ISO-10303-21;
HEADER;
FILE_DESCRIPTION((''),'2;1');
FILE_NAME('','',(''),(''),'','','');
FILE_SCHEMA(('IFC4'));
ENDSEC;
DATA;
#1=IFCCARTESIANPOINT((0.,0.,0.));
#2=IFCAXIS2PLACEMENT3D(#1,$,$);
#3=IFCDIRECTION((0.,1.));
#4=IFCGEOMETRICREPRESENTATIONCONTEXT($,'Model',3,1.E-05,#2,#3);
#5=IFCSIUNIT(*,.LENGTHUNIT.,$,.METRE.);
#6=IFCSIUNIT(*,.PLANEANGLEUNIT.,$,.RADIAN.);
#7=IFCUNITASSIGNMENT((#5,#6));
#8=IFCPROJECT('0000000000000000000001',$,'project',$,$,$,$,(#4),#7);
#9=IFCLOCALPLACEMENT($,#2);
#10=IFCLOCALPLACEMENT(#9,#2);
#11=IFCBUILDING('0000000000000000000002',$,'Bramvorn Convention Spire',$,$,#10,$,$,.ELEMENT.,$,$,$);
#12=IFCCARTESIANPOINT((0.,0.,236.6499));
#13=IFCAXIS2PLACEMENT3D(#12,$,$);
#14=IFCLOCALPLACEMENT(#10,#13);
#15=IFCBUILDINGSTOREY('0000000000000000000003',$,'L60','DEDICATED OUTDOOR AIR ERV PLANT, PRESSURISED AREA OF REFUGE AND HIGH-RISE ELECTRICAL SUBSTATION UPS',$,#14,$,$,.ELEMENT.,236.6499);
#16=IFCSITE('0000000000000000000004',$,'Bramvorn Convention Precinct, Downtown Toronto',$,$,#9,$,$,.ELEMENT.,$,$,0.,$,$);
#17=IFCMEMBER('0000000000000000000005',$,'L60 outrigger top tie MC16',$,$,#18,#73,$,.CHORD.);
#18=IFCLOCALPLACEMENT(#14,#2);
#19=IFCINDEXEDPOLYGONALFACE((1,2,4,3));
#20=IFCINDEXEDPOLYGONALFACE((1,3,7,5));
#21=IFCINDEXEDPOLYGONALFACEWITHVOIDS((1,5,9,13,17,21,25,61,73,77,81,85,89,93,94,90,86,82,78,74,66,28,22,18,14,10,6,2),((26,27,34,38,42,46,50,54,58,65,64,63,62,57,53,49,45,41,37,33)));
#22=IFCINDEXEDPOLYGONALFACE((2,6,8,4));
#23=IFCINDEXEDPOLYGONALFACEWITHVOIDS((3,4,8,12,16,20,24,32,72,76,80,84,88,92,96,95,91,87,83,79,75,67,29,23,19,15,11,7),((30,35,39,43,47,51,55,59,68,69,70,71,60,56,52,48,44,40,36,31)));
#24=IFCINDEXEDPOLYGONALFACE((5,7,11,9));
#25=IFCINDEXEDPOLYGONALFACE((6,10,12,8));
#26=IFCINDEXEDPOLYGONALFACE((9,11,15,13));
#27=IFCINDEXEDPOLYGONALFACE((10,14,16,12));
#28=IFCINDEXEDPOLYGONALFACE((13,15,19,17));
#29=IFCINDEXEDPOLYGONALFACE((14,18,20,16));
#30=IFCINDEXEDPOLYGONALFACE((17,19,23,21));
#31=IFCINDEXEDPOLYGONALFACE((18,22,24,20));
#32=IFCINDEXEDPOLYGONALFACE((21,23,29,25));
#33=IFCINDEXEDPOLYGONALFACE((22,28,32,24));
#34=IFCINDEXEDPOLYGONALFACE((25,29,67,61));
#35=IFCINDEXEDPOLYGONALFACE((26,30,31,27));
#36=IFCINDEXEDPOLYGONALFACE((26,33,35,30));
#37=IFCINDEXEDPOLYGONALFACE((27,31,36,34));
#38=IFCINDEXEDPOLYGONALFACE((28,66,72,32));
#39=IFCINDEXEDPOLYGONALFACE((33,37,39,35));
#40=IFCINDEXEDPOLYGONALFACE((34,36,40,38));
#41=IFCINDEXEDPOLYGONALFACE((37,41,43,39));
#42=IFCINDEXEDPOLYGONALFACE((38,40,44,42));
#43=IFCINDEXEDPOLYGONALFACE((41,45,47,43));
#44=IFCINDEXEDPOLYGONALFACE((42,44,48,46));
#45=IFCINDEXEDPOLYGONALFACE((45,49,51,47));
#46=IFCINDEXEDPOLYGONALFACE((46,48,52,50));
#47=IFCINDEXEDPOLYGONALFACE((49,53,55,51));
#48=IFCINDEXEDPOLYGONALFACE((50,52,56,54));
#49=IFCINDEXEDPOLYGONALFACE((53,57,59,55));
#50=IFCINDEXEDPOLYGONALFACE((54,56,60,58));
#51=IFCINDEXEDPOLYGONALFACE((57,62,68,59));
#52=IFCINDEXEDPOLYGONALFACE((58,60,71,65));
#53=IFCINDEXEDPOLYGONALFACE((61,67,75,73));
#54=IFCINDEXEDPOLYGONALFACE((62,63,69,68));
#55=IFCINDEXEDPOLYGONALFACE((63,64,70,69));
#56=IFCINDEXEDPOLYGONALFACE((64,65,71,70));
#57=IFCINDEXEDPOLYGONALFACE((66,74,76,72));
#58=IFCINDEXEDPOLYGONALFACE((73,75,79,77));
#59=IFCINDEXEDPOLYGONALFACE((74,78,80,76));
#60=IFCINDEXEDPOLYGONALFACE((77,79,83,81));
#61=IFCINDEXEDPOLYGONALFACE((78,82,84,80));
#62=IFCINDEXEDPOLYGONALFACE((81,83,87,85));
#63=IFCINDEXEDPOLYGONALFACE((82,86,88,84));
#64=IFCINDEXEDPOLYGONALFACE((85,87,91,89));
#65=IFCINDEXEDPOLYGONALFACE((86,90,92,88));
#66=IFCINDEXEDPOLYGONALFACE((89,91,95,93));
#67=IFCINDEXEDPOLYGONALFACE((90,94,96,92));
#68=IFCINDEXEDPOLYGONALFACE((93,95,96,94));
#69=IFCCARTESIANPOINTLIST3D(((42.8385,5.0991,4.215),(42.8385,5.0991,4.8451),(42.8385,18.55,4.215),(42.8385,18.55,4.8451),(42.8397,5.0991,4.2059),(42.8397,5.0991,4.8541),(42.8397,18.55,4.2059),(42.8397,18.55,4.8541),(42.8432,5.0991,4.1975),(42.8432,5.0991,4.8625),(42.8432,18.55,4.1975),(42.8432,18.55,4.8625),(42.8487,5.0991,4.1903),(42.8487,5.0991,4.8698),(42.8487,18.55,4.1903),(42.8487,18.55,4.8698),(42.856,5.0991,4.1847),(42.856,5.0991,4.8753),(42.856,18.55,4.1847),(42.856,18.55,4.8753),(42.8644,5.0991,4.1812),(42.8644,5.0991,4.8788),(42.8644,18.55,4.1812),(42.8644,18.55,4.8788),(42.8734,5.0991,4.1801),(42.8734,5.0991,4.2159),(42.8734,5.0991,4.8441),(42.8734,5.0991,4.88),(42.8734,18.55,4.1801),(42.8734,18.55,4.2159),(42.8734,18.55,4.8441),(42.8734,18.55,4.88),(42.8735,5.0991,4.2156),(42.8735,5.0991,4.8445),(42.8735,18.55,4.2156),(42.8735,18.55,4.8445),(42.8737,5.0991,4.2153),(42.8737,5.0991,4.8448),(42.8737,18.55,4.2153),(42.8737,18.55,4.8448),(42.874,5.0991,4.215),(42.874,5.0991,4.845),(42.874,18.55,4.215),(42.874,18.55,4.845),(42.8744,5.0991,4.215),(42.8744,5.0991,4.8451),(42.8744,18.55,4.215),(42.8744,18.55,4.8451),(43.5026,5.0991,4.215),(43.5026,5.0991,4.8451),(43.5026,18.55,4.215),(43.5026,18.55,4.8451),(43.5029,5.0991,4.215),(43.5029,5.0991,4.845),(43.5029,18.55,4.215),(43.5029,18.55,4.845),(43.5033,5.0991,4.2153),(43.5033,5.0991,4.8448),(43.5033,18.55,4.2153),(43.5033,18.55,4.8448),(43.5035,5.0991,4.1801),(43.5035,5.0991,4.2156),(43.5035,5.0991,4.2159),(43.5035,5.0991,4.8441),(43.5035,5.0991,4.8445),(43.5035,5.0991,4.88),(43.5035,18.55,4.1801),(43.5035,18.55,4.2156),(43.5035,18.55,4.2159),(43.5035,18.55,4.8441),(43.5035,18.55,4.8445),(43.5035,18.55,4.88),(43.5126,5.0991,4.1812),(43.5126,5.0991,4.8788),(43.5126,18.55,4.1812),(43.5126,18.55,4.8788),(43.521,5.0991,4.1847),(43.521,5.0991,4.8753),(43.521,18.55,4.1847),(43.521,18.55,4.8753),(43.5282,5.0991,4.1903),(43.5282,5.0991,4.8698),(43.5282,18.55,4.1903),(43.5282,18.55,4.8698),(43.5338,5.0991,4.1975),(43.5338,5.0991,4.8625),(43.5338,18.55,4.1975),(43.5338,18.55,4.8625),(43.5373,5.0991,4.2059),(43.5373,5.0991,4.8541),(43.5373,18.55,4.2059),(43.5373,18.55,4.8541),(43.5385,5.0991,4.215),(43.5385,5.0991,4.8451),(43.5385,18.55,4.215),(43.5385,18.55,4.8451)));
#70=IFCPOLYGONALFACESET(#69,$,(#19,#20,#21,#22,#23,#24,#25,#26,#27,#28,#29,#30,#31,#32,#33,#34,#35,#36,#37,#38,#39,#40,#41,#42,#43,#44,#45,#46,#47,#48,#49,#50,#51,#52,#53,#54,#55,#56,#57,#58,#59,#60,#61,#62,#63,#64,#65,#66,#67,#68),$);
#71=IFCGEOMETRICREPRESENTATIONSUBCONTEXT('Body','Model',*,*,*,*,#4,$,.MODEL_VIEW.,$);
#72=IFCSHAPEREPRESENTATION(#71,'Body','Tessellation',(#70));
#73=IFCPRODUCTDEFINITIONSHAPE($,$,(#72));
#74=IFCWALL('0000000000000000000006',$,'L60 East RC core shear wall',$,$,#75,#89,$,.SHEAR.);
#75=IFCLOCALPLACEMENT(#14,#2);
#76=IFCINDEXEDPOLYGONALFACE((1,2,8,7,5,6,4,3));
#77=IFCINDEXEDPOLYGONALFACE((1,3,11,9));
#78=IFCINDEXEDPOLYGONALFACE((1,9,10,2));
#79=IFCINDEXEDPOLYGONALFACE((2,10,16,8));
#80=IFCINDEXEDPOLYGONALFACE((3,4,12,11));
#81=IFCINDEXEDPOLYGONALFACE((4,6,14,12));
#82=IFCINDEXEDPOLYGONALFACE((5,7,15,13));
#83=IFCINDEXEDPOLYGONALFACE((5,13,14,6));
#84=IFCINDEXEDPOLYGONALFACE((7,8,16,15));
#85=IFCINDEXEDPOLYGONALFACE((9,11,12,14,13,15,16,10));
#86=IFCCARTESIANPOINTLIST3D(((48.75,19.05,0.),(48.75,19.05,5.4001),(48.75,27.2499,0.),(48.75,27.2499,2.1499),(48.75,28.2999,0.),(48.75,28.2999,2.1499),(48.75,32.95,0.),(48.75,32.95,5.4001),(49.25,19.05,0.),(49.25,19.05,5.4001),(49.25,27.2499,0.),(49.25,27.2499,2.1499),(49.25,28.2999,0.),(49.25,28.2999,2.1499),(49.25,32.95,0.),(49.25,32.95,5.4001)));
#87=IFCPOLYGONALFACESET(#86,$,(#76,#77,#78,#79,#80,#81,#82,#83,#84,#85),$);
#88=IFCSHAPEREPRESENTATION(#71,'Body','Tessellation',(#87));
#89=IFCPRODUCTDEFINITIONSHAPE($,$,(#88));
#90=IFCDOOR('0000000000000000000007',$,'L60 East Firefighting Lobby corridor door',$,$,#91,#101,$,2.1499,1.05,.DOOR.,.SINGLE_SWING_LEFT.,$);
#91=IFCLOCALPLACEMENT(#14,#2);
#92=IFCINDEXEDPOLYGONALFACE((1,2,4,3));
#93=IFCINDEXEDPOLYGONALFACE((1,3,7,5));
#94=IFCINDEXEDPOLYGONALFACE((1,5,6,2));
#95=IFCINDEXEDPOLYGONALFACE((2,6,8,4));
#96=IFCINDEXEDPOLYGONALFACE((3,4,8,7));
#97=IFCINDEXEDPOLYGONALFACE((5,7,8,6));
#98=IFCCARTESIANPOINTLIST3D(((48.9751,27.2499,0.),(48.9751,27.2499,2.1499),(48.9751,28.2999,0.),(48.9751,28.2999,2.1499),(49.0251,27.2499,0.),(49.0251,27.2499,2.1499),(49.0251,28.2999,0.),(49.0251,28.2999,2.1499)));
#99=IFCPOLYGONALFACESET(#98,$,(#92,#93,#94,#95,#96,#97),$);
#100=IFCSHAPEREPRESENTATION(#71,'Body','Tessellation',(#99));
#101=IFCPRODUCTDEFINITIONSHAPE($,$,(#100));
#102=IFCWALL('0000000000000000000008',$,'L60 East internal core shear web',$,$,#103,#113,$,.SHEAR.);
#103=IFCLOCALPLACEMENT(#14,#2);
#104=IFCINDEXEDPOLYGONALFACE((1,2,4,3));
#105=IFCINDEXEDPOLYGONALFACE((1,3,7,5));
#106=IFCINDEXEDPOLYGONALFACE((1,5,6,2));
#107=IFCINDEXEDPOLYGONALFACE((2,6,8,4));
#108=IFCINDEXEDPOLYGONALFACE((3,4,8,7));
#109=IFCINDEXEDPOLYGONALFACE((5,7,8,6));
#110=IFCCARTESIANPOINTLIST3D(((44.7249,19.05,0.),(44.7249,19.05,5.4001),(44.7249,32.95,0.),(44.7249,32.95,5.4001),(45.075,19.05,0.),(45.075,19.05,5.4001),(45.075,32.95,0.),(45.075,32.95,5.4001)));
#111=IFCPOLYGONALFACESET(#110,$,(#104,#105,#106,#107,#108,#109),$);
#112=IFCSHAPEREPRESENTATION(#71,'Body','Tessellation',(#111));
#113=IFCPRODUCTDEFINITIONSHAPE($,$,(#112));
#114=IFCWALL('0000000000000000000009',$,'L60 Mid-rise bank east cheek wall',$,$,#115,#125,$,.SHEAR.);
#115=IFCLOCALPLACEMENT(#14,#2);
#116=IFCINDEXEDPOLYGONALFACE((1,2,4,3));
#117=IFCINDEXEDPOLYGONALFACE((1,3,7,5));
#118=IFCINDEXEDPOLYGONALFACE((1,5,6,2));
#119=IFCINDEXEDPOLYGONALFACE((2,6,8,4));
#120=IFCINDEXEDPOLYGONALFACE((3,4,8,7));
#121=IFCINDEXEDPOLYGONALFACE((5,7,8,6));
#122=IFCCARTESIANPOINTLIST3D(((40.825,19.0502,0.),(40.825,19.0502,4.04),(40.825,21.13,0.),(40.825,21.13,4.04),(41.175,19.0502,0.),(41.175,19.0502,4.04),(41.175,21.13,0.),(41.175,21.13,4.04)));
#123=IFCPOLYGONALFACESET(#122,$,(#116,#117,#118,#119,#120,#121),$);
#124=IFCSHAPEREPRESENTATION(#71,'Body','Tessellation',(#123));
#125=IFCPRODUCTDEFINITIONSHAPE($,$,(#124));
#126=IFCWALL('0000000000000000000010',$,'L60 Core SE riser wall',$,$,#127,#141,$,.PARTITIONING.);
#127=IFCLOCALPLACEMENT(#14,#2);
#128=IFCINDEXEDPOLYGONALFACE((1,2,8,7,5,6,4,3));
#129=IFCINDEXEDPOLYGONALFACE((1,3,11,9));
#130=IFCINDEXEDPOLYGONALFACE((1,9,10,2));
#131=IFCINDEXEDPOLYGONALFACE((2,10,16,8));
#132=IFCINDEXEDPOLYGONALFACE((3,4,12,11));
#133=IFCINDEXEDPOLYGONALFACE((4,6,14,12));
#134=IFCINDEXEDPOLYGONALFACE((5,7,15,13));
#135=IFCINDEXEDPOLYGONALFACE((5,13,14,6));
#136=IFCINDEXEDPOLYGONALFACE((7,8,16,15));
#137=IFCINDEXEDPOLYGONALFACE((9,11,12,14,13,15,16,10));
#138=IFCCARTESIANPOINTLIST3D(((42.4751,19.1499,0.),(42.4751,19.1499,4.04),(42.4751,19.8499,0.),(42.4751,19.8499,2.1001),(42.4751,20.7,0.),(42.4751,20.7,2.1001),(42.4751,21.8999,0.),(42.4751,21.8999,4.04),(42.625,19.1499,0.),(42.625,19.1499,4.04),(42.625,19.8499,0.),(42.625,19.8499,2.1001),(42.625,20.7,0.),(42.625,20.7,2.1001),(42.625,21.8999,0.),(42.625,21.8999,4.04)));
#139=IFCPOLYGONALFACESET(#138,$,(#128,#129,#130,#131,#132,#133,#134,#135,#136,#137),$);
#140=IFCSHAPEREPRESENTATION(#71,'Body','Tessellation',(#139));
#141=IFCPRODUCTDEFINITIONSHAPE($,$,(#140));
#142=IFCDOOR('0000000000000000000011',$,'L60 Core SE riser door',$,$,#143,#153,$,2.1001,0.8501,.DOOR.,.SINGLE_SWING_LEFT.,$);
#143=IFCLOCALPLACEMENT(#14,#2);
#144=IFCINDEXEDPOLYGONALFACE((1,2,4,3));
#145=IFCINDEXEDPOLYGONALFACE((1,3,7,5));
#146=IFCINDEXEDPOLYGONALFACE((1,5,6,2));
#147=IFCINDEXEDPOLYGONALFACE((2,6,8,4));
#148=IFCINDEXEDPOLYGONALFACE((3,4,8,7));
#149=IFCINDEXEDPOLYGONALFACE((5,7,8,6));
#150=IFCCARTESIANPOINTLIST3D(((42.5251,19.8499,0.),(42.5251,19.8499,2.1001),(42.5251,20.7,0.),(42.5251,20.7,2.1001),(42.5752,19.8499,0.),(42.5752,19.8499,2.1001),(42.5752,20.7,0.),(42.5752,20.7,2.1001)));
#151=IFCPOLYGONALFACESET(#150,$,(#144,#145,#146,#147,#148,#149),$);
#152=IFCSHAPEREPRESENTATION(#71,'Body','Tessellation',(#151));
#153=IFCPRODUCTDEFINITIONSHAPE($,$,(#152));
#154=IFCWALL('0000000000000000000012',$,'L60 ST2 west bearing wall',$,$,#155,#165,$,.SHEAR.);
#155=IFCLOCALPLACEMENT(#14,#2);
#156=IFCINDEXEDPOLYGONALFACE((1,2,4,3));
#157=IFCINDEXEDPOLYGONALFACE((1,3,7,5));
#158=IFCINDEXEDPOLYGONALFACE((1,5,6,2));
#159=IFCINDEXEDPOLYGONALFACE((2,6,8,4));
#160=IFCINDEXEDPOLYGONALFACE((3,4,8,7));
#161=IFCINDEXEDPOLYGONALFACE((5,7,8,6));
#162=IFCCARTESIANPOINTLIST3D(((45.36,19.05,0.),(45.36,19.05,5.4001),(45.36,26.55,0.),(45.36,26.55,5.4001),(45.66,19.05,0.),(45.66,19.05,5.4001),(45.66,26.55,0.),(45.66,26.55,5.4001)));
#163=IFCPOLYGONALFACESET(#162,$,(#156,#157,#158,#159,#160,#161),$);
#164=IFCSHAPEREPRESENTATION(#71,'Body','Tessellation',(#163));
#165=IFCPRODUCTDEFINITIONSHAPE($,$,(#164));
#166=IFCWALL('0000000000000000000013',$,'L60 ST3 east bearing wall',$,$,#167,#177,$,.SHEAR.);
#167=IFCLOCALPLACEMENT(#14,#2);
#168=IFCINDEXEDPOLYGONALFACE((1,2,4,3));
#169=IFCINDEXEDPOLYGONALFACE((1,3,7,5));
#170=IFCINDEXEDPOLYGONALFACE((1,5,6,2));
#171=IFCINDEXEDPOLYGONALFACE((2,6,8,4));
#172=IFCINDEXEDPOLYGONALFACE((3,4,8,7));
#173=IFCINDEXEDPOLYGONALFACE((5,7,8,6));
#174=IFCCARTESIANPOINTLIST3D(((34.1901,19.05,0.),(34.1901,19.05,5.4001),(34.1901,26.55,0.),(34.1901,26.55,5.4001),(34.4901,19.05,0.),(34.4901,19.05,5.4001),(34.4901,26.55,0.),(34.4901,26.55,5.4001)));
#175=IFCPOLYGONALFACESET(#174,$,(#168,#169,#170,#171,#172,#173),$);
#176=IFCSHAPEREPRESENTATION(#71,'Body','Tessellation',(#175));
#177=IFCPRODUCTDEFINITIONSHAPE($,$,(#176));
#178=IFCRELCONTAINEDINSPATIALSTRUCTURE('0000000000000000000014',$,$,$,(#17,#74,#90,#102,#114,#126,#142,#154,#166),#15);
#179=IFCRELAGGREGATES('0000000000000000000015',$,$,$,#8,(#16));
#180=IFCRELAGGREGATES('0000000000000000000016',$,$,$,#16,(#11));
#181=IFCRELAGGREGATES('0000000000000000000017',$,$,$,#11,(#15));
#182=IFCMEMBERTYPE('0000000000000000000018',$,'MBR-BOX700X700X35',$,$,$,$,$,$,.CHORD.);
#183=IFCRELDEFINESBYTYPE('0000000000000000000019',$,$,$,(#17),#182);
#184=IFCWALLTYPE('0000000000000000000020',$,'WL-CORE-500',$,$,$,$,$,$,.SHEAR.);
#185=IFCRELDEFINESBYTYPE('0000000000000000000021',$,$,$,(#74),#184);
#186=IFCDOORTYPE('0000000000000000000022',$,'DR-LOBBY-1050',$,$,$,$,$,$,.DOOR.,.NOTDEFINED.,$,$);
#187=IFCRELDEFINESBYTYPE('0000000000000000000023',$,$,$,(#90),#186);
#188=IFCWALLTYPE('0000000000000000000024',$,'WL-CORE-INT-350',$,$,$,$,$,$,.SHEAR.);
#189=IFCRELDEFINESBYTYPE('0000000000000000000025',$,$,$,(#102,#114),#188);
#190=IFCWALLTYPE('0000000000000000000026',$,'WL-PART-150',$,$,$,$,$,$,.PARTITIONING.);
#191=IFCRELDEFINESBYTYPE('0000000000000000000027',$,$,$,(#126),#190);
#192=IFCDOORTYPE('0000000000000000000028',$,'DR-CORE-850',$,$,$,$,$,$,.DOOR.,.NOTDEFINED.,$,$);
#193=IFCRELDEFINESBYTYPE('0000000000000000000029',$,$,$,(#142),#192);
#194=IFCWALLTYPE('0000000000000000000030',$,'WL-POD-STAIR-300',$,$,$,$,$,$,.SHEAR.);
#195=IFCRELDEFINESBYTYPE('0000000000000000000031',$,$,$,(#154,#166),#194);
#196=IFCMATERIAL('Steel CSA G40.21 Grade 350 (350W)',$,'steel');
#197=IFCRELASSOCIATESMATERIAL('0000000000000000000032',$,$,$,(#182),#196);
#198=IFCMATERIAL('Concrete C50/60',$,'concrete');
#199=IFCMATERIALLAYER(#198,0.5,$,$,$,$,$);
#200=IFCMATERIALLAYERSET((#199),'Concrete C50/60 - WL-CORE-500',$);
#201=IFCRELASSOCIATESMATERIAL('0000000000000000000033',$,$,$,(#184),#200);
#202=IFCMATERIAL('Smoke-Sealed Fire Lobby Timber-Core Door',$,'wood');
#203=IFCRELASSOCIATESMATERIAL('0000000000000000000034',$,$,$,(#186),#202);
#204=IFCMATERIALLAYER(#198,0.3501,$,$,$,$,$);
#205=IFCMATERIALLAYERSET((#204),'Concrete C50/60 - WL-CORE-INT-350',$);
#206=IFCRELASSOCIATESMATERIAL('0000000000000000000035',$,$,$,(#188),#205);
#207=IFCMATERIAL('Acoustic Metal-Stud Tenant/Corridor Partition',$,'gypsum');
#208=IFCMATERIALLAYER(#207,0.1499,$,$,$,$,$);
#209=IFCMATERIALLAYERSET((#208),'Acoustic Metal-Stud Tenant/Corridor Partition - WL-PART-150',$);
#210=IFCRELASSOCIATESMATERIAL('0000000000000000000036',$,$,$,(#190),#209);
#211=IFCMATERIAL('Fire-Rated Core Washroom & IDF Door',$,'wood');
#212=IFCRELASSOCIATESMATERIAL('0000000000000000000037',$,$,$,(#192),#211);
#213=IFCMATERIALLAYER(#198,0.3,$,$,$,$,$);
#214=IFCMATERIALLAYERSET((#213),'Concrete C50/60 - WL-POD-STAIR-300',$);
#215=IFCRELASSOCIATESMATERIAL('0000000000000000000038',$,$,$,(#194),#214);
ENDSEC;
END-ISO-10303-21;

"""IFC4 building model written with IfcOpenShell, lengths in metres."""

from ifc_helpers import new_model, si_unit, direction, frame, frame_2d, origin, origin_2d, place, context, subcontext, project, spatial, rectangle, hollow_rectangle, extrude, material, layer, layer_set, material_profile, profile_set, type_object, element, fill, save


model = new_model("IFC4")

# Units and contexts
model_context = context("Model", 3, precision=1e-05, world=origin(), true_north=direction((0.0, 1.0)))
body_context = subcontext(model_context, "Body", "Model", "MODEL_VIEW")
ifc_project = project(units=[si_unit("LENGTHUNIT", "METRE"), si_unit("PLANEANGLEUNIT", "RADIAN")], contexts=[model_context])

# Site, building, storey
site_placement = place(None, origin())
site = spatial("IfcSite", under=ifc_project, at=site_placement, Name="Bramvorn Convention Precinct, Downtown Toronto", CompositionType="ELEMENT", RefElevation=0.0)
building_placement = place(site_placement, origin())
building = spatial("IfcBuilding", under=site, at=building_placement, Name="Bramvorn Convention Spire", CompositionType="ELEMENT")
storey_placement = place(building_placement, frame((0.0, 0.0, 236.6499)))
storey = spatial("IfcBuildingStorey", under=building, at=storey_placement, Name="L60", Description="DEDICATED OUTDOOR AIR ERV PLANT, PRESSURISED AREA OF REFUGE AND HIGH-RISE ELECTRICAL SUBSTATION UPS", CompositionType="ELEMENT", Elevation=236.6499)

# Shared definitions
ifc_material_1 = material(Name="Steel CSA G40.21 Grade 350 (350W)", Category="steel")

# Member
ifc_material_profile_1 = material_profile(ifc_material_1, hollow_rectangle(XDim=0.7, YDim=0.7, WallThickness=0.0349, InnerFilletRadius=0.001, OuterFilletRadius=0.0349, at=origin_2d()))
ifc_profile_set_1 = profile_set([ifc_material_profile_1], Name="Steel CSA G40.21 Grade 350 (350W) - BOX700X700X35")
member_type = type_object("IfcMemberType", Name="MBR-BOX700X700X35", PredefinedType="CHORD", material=ifc_profile_set_1)
member_1_placement = place(storey_placement, frame((43.1885, 18.55, 4.53), z_axis=(0.0, -1.0, 0.0), x_axis=(1.0, 0.0, 0.0)))
element("IfcMember", 1, at=member_1_placement, inside=storey, type_object=member_type, Name="L60 outrigger top tie MC16", PredefinedType="CHORD", context=body_context, shape_type="SweptSolid", body=[
    extrude(hollow_rectangle(XDim=0.7, YDim=0.7, WallThickness=0.0349, InnerFilletRadius=0.001, OuterFilletRadius=0.0349, at=origin_2d()), origin(), (0.0, 0.0, 1.0), 13.4509),
])

# Wall, opening, door
ifc_material_2 = material(Name="Concrete C50/60", Category="concrete")
ifc_layer_1 = layer(ifc_material_2, 0.5)
ifc_layer_set_1 = layer_set([ifc_layer_1], Name="Concrete C50/60 - WL-CORE-500")
wall_type_1 = type_object("IfcWallType", Name="WL-CORE-500", PredefinedType="SHEAR", material=ifc_layer_set_1)
wall_1_placement = place(storey_placement, frame((49.0, 19.05, 0.0), z_axis=(0.0, 0.0, 1.0), x_axis=(0.0, 1.0, 0.0)))
wall_1 = element("IfcWall", 2, at=wall_1_placement, inside=storey, type_object=wall_type_1, Name="L60 East RC core shear wall", PredefinedType="SHEAR", context=body_context, shape_type="SweptSolid", body=[
    extrude(rectangle(XDim=13.8999, YDim=0.5, at=frame_2d((6.95, 0.0))), origin(), (0.0, 0.0, 1.0), 5.4001),
])
opening_1_placement = place(wall_1_placement, frame((8.2, 0.0, 0.0)))
opening_1 = element("IfcOpeningElement", 3, at=opening_1_placement, cuts=wall_1, PredefinedType="OPENING", context=body_context, shape_type="SweptSolid", body=[
    extrude(rectangle(XDim=1.05, YDim=2.1499, at=frame_2d((0.5249, 1.075))), frame((0.0, 0.26, 0.0), z_axis=(0.0, -1.0, 0.0), x_axis=(1.0, 0.0, 0.0)), (0.0, 0.0, 1.0), 0.52),
])
ifc_material_3 = material(Name="Smoke-Sealed Fire Lobby Timber-Core Door", Category="wood")
door_type_1 = type_object("IfcDoorType", Name="DR-LOBBY-1050", OperationType="NOTDEFINED", PredefinedType="DOOR", material=ifc_material_3)
door_1_placement = place(opening_1_placement, origin())
door_1 = element("IfcDoor", 4, at=door_1_placement, inside=storey, type_object=door_type_1, Name="L60 East Firefighting Lobby corridor door", OperationType="SINGLE_SWING_LEFT", OverallHeight=2.1499, OverallWidth=1.05, PredefinedType="DOOR", context=body_context, shape_type="SweptSolid", body=[
    extrude(rectangle(XDim=1.05, YDim=2.1499, at=frame_2d((0.5249, 1.075))), frame((0.0, 0.0249, 0.0), z_axis=(0.0, -1.0, 0.0), x_axis=(1.0, 0.0, 0.0)), (0.0, 0.0, 1.0), 0.05),
])
fill(opening_1, door_1)

# Walls
ifc_layer_2 = layer(ifc_material_2, 0.3501)
ifc_layer_set_2 = layer_set([ifc_layer_2], Name="Concrete C50/60 - WL-CORE-INT-350")
wall_type_2 = type_object("IfcWallType", Name="WL-CORE-INT-350", PredefinedType="SHEAR", material=ifc_layer_set_2)
wall_2_placement = place(storey_placement, frame((44.8999, 19.05, 0.0), z_axis=(0.0, 0.0, 1.0), x_axis=(0.0, 1.0, 0.0)))
element("IfcWall", 5, at=wall_2_placement, inside=storey, type_object=wall_type_2, Name="L60 East internal core shear web", PredefinedType="SHEAR", context=body_context, shape_type="SweptSolid", body=[
    extrude(rectangle(XDim=13.8999, YDim=0.3501, at=frame_2d((6.95, 0.0))), origin(), (0.0, 0.0, 1.0), 5.4001),
])
wall_3_placement = place(storey_placement, frame((41.0, 19.05, 0.0), z_axis=(0.0, 0.0, 1.0), x_axis=(0.0, 1.0, 0.0)))
element("IfcWall", 6, at=wall_3_placement, inside=storey, type_object=wall_type_2, Name="L60 Mid-rise bank east cheek wall", PredefinedType="SHEAR", context=body_context, shape_type="SweptSolid", body=[
    extrude(rectangle(XDim=2.0798, YDim=0.3501, at=frame_2d((1.04, 0.0))), origin(), (0.0, 0.0, 1.0), 4.04),
])

# Wall, opening, door
ifc_material_4 = material(Name="Acoustic Metal-Stud Tenant/Corridor Partition", Category="gypsum")
ifc_layer_3 = layer(ifc_material_4, 0.1499)
ifc_layer_set_3 = layer_set([ifc_layer_3], Name="Acoustic Metal-Stud Tenant/Corridor Partition - WL-PART-150")
wall_type_3 = type_object("IfcWallType", Name="WL-PART-150", PredefinedType="PARTITIONING", material=ifc_layer_set_3)
wall_4_placement = place(storey_placement, frame((42.55, 19.1499, 0.0), z_axis=(0.0, 0.0, 1.0), x_axis=(0.0, 1.0, 0.0)))
wall_4 = element("IfcWall", 7, at=wall_4_placement, inside=storey, type_object=wall_type_3, Name="L60 Core SE riser wall", PredefinedType="PARTITIONING", context=body_context, shape_type="SweptSolid", body=[
    extrude(rectangle(XDim=2.75, YDim=0.1499, at=frame_2d((1.375, 0.0))), origin(), (0.0, 0.0, 1.0), 4.04),
])
opening_2_placement = place(wall_4_placement, frame((0.7, 0.0, 0.0)))
opening_2 = element("IfcOpeningElement", 8, at=opening_2_placement, cuts=wall_4, PredefinedType="OPENING", context=body_context, shape_type="SweptSolid", body=[
    extrude(rectangle(XDim=0.8501, YDim=2.1001, at=frame_2d((0.425, 1.05))), frame((0.0, 0.085, 0.0), z_axis=(0.0, -1.0, 0.0), x_axis=(1.0, 0.0, 0.0)), (0.0, 0.0, 1.0), 0.1699),
])
ifc_material_5 = material(Name="Fire-Rated Core Washroom & IDF Door", Category="wood")
door_type_2 = type_object("IfcDoorType", Name="DR-CORE-850", OperationType="NOTDEFINED", PredefinedType="DOOR", material=ifc_material_5)
door_2_placement = place(opening_2_placement, origin())
door_2 = element("IfcDoor", 9, at=door_2_placement, inside=storey, type_object=door_type_2, Name="L60 Core SE riser door", OperationType="SINGLE_SWING_LEFT", OverallHeight=2.1001, OverallWidth=0.8501, PredefinedType="DOOR", context=body_context, shape_type="SweptSolid", body=[
    extrude(rectangle(XDim=0.8501, YDim=2.1001, at=frame_2d((0.425, 1.05))), frame((0.0, 0.0249, 0.0), z_axis=(0.0, -1.0, 0.0), x_axis=(1.0, 0.0, 0.0)), (0.0, 0.0, 1.0), 0.05),
])
fill(opening_2, door_2)

# Walls
ifc_layer_4 = layer(ifc_material_2, 0.3)
ifc_layer_set_4 = layer_set([ifc_layer_4], Name="Concrete C50/60 - WL-POD-STAIR-300")
wall_type_4 = type_object("IfcWallType", Name="WL-POD-STAIR-300", PredefinedType="SHEAR", material=ifc_layer_set_4)
for number, where, z_axis, x_axis, name in (
    (10, (45.51, 19.05, 0.0), (0.0, 0.0, 1.0), (0.0, 1.0, 0.0), "L60 ST2 west bearing wall"),
    (11, (34.3401, 19.05, 0.0), (0.0, 0.0, 1.0), (0.0, 1.0, 0.0), "L60 ST3 east bearing wall"),
):
    element("IfcWall", number, at=place(storey_placement, frame(where, z_axis=z_axis, x_axis=x_axis)), inside=storey, type_object=wall_type_4, Name=name, PredefinedType="SHEAR", context=body_context, shape_type="SweptSolid", body=[
        extrude(rectangle(XDim=7.5, YDim=0.3, at=frame_2d((3.75, 0.0))), origin(), (0.0, 0.0, 1.0), 5.4001),
    ])

save(model, "model.ifc")
